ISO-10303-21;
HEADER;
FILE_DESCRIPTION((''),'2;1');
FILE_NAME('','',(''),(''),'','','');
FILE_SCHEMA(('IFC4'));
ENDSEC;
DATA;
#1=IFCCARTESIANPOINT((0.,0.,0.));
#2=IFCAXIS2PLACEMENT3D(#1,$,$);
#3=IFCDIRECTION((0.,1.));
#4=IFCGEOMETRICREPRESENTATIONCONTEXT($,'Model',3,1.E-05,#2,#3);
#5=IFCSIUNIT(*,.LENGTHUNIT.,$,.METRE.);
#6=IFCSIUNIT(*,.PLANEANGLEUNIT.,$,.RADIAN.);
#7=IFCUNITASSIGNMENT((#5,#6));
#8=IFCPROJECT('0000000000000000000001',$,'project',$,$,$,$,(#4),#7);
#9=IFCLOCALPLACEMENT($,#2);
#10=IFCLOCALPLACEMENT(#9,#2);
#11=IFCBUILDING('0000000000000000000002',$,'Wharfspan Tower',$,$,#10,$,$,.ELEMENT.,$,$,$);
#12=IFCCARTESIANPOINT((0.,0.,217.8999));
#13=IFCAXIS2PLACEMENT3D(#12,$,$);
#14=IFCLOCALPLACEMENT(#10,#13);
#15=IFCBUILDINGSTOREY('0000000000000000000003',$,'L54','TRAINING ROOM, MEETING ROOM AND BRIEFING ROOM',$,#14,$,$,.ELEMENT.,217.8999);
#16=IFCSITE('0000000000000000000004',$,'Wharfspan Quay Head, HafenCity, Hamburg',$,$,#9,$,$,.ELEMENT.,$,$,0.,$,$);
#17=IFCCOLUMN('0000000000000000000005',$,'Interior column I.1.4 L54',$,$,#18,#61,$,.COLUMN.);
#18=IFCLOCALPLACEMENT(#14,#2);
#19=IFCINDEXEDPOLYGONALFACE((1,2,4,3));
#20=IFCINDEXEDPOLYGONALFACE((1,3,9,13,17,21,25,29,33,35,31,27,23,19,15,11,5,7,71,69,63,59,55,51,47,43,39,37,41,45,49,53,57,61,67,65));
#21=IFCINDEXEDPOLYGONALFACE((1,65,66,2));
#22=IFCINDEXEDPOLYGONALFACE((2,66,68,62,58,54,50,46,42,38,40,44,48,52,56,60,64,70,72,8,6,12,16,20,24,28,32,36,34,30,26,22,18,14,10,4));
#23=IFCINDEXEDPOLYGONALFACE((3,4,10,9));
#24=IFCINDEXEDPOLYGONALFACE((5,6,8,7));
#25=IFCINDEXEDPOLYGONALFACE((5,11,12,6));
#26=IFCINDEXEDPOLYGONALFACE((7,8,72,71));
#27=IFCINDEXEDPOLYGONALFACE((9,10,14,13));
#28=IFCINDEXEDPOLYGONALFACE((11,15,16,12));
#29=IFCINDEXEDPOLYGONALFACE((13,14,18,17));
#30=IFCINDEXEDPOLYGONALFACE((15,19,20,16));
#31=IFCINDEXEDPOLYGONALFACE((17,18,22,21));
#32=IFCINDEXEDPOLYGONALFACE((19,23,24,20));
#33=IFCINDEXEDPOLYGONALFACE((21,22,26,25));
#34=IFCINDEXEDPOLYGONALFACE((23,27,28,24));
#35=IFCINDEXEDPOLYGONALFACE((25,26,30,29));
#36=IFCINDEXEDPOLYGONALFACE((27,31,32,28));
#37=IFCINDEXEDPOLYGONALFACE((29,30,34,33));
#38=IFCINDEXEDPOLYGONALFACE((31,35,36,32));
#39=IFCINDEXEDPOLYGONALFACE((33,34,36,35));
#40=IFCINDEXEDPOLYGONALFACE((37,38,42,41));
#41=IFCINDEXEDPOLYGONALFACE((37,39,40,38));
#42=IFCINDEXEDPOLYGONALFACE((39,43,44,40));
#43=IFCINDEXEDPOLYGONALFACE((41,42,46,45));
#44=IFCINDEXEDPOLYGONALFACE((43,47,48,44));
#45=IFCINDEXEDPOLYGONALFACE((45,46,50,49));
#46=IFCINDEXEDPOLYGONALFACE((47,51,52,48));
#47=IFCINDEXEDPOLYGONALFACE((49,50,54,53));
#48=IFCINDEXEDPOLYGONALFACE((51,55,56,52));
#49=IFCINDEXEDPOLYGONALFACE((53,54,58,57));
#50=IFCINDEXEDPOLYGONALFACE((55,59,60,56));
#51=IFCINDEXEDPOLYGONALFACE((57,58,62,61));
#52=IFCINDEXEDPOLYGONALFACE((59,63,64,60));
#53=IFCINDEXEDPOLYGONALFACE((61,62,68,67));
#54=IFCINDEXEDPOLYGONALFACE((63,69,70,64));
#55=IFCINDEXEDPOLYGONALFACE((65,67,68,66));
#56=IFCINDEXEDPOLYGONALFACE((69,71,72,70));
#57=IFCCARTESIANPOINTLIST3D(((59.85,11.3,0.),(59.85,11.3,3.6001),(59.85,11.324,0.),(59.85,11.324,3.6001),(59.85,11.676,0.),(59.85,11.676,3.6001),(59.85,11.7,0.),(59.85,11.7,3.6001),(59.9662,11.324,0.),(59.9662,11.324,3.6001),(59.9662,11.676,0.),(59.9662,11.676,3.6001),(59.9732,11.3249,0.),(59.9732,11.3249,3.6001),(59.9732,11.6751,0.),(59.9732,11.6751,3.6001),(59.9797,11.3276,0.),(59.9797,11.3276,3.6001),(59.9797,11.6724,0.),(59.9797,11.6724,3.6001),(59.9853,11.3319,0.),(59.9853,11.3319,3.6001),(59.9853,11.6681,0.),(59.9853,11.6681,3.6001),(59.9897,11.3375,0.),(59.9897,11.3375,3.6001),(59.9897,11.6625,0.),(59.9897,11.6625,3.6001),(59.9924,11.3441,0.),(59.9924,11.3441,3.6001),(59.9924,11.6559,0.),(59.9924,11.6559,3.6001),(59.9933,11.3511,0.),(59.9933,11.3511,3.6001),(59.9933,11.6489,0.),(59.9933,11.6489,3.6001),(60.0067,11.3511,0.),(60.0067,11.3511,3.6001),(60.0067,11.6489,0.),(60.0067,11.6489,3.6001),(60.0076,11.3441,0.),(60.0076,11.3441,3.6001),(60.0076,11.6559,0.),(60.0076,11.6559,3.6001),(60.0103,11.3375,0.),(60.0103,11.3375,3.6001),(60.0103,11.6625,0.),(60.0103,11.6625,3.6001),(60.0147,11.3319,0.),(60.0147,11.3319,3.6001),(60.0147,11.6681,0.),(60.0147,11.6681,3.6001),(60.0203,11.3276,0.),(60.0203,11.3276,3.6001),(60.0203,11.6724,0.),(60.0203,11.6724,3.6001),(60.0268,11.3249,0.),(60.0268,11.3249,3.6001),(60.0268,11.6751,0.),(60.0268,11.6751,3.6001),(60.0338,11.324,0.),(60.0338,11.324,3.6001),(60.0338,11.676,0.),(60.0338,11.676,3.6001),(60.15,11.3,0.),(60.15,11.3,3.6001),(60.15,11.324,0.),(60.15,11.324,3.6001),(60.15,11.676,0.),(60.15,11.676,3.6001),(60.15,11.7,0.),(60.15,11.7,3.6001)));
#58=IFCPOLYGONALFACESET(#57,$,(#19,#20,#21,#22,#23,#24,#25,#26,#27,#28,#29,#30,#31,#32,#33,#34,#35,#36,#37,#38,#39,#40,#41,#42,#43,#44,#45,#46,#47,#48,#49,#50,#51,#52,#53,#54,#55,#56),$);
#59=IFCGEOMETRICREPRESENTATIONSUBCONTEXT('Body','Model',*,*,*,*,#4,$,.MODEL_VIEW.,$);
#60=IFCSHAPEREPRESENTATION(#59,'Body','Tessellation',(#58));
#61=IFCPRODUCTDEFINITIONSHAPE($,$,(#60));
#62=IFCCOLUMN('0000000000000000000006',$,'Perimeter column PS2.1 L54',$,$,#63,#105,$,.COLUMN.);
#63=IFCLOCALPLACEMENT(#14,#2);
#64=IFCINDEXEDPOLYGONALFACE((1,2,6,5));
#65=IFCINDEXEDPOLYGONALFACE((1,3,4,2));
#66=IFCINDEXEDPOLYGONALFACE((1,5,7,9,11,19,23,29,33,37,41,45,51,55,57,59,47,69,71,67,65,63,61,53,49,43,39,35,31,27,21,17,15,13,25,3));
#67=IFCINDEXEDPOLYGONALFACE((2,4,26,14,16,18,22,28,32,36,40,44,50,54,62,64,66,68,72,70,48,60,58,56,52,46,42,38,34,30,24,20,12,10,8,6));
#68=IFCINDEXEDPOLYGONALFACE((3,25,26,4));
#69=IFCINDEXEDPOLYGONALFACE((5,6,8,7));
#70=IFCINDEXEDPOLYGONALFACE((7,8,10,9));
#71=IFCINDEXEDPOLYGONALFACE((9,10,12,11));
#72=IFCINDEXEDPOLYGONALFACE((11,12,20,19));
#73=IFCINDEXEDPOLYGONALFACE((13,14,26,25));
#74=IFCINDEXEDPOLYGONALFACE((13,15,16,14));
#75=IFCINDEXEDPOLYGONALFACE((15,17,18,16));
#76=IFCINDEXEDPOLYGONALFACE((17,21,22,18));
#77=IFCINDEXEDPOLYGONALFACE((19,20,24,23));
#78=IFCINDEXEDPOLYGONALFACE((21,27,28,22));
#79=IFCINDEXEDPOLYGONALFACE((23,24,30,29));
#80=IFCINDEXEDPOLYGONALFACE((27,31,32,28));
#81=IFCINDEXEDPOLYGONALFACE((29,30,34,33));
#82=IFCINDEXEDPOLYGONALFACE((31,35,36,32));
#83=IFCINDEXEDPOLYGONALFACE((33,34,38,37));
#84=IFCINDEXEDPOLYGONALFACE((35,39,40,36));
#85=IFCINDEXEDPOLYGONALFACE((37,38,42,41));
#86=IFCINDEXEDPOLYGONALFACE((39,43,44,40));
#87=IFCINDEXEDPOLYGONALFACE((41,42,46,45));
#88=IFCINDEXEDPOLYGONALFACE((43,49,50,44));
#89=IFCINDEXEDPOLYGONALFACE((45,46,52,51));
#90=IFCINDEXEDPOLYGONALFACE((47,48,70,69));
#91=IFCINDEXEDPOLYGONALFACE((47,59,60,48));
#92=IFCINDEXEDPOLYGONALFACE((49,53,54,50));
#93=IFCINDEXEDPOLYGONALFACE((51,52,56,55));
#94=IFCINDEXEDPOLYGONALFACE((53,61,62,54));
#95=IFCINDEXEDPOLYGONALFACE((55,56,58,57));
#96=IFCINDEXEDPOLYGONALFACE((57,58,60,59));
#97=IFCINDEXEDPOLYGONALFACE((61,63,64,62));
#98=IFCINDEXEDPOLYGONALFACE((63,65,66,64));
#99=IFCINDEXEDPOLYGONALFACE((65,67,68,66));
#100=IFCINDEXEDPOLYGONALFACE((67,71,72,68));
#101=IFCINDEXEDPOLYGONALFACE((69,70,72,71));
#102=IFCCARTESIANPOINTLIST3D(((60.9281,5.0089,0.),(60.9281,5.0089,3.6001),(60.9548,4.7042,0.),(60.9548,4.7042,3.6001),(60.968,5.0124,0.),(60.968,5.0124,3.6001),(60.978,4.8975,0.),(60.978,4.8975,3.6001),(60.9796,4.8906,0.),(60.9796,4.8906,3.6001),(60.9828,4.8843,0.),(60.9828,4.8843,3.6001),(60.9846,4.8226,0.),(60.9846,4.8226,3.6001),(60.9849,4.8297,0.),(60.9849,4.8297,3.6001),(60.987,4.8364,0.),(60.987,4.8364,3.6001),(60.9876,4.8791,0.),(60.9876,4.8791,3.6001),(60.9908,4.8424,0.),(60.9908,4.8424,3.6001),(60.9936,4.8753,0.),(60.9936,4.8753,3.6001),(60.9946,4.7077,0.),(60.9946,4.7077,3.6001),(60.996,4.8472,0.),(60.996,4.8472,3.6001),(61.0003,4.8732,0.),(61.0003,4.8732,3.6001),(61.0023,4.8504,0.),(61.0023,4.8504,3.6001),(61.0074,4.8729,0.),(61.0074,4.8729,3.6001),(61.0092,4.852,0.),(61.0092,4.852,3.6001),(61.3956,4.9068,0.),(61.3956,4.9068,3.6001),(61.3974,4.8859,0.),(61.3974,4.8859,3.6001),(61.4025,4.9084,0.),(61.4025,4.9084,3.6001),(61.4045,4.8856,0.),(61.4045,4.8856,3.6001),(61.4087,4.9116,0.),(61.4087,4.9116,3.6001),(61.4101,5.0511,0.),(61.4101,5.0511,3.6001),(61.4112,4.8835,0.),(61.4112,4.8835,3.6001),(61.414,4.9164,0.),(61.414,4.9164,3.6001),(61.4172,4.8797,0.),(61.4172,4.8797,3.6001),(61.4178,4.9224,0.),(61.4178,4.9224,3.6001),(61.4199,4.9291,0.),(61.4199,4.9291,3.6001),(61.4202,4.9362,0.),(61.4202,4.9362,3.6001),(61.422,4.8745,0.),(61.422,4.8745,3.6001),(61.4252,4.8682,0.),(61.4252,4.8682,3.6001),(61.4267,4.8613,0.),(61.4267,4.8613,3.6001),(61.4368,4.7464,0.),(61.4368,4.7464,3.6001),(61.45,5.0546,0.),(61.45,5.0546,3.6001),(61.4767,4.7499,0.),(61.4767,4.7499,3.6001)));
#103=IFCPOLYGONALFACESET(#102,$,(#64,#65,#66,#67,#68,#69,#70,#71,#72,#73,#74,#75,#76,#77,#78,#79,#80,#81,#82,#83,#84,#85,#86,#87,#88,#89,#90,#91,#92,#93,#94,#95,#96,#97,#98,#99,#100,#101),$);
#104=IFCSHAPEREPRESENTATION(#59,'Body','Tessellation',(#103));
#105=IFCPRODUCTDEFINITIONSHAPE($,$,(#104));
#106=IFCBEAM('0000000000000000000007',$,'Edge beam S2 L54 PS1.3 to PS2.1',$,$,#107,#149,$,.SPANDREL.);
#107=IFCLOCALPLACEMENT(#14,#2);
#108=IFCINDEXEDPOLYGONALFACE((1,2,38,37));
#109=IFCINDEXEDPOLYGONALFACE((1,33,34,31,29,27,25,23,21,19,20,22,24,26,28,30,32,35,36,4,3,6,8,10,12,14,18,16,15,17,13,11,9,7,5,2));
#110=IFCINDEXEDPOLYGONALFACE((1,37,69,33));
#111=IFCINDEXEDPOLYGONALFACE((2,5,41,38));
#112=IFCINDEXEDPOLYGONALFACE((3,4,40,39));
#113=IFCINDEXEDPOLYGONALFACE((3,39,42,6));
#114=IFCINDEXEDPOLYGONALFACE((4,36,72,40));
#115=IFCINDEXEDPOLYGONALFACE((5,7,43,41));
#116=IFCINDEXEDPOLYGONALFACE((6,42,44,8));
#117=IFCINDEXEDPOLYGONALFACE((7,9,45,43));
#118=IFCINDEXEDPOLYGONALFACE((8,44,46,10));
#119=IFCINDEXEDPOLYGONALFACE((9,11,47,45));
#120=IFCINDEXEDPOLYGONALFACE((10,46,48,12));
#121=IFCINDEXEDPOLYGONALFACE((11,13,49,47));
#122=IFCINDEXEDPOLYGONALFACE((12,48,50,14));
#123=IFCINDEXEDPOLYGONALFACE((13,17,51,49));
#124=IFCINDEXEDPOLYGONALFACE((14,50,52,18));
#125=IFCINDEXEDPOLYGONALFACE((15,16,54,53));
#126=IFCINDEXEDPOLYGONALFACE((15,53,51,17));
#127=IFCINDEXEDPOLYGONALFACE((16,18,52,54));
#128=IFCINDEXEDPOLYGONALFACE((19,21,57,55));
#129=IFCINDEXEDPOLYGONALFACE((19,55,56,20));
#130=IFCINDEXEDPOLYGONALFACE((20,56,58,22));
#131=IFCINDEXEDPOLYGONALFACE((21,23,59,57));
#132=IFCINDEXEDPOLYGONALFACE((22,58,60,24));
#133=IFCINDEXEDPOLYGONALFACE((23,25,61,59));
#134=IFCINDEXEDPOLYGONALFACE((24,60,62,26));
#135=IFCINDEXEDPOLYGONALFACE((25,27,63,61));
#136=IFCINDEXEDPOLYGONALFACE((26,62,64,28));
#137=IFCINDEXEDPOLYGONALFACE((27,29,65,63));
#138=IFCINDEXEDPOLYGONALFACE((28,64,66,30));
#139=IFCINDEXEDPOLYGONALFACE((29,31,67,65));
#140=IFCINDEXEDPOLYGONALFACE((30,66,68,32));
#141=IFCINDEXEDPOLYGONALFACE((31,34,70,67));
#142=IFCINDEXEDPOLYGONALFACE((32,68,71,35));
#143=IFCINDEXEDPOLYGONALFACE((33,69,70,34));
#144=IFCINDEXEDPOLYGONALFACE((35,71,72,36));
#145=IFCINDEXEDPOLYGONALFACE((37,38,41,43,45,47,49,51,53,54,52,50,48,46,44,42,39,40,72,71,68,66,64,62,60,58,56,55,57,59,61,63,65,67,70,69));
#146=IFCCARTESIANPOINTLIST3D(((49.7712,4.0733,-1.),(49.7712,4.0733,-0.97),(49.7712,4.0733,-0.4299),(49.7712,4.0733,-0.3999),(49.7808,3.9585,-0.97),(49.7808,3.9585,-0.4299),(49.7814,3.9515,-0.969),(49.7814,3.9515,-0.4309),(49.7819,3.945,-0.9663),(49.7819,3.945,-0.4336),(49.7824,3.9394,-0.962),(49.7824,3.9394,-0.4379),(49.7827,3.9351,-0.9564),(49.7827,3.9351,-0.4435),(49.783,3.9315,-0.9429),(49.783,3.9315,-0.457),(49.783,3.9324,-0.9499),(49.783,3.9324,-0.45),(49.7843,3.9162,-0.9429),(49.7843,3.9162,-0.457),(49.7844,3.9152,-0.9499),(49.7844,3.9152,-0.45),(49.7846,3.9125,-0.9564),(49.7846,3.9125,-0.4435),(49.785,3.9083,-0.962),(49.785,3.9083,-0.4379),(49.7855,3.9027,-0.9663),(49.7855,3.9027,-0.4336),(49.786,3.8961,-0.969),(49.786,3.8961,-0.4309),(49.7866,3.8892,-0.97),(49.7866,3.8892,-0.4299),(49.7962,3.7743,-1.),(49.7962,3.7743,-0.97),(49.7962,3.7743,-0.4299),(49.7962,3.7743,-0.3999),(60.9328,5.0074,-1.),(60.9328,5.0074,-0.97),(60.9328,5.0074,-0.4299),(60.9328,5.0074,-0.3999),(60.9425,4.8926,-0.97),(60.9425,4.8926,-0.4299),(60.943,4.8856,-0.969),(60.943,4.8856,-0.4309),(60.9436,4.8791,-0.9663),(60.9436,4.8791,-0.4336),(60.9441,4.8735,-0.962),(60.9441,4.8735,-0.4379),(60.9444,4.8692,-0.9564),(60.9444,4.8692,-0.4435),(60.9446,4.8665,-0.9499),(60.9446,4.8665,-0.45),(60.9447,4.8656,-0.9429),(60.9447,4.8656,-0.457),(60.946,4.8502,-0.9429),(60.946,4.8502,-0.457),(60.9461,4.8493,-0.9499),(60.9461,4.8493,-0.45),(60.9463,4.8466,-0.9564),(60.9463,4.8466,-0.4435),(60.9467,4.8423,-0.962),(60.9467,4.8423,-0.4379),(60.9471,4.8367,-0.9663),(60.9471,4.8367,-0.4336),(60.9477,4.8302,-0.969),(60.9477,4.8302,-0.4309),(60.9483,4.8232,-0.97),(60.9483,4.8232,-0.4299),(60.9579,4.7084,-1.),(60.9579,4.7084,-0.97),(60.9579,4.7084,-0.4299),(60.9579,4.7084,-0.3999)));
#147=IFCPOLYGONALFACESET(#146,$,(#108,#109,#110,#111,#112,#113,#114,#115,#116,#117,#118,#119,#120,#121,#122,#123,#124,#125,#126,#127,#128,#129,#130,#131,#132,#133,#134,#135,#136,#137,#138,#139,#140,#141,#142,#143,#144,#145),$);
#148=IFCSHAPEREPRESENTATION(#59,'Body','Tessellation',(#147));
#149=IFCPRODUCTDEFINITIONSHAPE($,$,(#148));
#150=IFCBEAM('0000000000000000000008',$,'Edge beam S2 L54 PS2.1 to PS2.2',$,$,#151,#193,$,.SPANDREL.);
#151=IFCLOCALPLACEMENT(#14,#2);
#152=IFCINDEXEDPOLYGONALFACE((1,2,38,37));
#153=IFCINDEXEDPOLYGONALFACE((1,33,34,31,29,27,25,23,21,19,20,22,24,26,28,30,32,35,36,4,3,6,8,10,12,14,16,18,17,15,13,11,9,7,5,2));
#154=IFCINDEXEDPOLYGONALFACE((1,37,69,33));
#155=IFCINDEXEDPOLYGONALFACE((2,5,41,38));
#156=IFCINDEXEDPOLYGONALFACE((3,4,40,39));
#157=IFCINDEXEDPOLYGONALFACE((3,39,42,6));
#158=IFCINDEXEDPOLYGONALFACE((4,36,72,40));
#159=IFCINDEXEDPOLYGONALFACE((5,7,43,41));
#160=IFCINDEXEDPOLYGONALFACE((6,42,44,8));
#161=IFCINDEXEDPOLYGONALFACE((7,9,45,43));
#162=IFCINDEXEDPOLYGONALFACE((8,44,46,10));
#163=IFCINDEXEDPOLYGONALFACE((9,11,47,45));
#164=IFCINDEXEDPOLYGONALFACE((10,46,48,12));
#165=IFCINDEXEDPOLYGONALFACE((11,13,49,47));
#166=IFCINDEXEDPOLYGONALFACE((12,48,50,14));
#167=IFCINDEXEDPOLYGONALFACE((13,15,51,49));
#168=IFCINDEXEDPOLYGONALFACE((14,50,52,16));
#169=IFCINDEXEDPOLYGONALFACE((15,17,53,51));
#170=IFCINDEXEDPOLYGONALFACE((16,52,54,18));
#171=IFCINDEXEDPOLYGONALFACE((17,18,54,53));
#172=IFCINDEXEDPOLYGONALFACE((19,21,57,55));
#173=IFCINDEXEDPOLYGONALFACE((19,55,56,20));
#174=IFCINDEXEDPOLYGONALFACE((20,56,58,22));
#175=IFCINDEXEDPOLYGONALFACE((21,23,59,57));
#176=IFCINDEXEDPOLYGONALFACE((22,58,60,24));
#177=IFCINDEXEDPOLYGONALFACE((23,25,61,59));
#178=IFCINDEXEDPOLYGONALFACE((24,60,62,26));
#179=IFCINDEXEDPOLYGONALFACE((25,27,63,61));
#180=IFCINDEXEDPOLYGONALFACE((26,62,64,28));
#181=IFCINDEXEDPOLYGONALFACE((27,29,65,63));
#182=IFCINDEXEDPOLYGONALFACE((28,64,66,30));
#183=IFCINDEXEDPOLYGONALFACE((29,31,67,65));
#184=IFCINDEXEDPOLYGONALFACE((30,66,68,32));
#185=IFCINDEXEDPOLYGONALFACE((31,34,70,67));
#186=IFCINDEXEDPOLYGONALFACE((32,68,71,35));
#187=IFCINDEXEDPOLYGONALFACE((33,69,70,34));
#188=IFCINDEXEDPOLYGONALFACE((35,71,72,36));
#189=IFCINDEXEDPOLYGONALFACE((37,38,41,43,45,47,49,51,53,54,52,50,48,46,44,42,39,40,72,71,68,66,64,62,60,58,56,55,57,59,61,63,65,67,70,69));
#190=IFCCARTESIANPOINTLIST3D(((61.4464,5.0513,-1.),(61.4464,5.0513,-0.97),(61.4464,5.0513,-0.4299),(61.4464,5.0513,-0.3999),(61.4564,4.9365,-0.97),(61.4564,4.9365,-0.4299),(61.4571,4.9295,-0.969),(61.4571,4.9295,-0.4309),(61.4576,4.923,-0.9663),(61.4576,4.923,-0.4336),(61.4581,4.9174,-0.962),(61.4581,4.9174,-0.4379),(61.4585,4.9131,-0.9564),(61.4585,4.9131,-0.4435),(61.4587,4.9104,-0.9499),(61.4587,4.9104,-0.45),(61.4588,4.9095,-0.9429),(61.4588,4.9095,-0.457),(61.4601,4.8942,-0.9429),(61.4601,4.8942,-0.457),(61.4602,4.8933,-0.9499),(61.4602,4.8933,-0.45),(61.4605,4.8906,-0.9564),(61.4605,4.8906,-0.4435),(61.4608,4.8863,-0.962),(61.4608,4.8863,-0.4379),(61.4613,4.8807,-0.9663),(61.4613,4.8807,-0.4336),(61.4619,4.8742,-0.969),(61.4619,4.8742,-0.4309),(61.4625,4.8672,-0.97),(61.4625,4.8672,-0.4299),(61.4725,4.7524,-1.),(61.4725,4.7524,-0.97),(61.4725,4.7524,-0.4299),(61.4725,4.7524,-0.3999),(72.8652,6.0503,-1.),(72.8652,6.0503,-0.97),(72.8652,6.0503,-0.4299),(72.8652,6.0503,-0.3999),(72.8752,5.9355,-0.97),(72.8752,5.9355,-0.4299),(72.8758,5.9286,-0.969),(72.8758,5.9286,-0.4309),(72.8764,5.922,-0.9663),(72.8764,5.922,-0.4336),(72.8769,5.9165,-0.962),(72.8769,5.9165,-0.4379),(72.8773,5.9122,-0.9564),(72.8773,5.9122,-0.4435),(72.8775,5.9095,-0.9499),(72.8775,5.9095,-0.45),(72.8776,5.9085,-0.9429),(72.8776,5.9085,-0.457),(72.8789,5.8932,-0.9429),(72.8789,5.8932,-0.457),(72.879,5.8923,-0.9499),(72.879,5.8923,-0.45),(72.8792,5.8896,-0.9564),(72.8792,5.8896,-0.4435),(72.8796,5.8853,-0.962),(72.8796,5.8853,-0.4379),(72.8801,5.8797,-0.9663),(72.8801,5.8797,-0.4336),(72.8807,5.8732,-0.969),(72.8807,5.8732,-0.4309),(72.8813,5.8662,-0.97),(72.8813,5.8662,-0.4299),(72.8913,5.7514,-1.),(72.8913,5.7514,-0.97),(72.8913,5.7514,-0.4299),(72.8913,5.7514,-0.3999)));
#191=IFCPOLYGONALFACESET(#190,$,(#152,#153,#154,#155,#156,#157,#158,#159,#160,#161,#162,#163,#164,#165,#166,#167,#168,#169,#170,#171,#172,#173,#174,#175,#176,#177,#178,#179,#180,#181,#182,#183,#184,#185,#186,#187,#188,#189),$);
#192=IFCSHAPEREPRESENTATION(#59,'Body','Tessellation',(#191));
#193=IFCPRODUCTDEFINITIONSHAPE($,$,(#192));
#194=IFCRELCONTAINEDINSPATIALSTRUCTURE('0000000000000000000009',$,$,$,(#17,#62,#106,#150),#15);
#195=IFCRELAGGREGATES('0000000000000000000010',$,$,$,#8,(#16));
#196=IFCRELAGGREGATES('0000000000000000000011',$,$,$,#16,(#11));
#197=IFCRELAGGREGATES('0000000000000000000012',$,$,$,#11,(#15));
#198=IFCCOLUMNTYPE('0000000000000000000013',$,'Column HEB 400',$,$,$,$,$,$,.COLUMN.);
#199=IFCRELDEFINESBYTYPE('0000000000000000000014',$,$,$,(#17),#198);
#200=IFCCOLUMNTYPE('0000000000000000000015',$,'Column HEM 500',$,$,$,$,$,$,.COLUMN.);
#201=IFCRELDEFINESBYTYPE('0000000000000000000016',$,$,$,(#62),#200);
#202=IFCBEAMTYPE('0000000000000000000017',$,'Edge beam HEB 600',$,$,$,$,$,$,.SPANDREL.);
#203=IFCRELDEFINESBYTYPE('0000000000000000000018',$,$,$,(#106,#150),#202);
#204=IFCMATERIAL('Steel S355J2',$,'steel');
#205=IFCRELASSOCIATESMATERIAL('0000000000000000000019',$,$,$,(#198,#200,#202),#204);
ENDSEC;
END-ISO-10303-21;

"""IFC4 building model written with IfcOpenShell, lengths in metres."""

from ifc_helpers import new_model, si_unit, direction, frame, origin, origin_2d, place, context, subcontext, project, spatial, i_section, extrude, material, material_profile, profile_set, type_object, element, save


model = new_model("IFC4")

# Units and contexts
model_context = context("Model", 3, precision=1e-05, world=origin(), true_north=direction((0.0, 1.0)))
body_context = subcontext(model_context, "Body", "Model", "MODEL_VIEW")
ifc_project = project(units=[si_unit("LENGTHUNIT", "METRE"), si_unit("PLANEANGLEUNIT", "RADIAN")], contexts=[model_context])

# Site, building, storey
site_placement = place(None, origin())
site = spatial("IfcSite", under=ifc_project, at=site_placement, Name="Wharfspan Quay Head, HafenCity, Hamburg", CompositionType="ELEMENT", RefElevation=0.0)
building_placement = place(site_placement, origin())
building = spatial("IfcBuilding", under=site, at=building_placement, Name="Wharfspan Tower", CompositionType="ELEMENT")
storey_placement = place(building_placement, frame((0.0, 0.0, 217.8999)))
storey = spatial("IfcBuildingStorey", under=building, at=storey_placement, Name="L54", Description="TRAINING ROOM, MEETING ROOM AND BRIEFING ROOM", CompositionType="ELEMENT", Elevation=217.8999)

# Columns
ifc_material_1 = material(Name="Steel S355J2", Category="steel")
ifc_material_profile_1 = material_profile(ifc_material_1, i_section(OverallWidth=0.3, OverallDepth=0.3999, WebThickness=0.0134, FlangeThickness=0.0239, FilletRadius=0.0271, at=origin_2d()))
ifc_profile_set_1 = profile_set([ifc_material_profile_1], Name="Steel S355J2")
column_type_1 = type_object("IfcColumnType", Name="Column HEB 400", PredefinedType="COLUMN", material=ifc_profile_set_1)
column_1_placement = place(storey_placement, frame((60.0, 11.5, 0.0), z_axis=(0.0, 0.0, 1.0), x_axis=(1.0, 0.0, 0.0)))
element("IfcColumn", 1, at=column_1_placement, inside=storey, type_object=column_type_1, Name="Interior column I.1.4 L54", PredefinedType="COLUMN", context=body_context, shape_type="SweptSolid", body=[
    extrude(i_section(OverallWidth=0.3, OverallDepth=0.3999, WebThickness=0.0134, FlangeThickness=0.0239, FilletRadius=0.0271, at=origin_2d()), origin(), (0.0, 0.0, 1.0), 3.6001),
])
ifc_material_profile_2 = material_profile(ifc_material_1, i_section(OverallWidth=0.3059, OverallDepth=0.5239, WebThickness=0.021, FlangeThickness=0.04, FilletRadius=0.0271, at=origin_2d()))
ifc_profile_set_2 = profile_set([ifc_material_profile_2], Name="Steel S355J2")
column_type_2 = type_object("IfcColumnType", Name="Column HEM 500", PredefinedType="COLUMN", material=ifc_profile_set_2)
column_2_placement = place(storey_placement, frame((61.2024, 4.8794, 0.0), z_axis=(0.0, 0.0, 1.0), x_axis=(0.087156, -0.996197, 0.0)))
element("IfcColumn", 2, at=column_2_placement, inside=storey, type_object=column_type_2, Name="Perimeter column PS2.1 L54", PredefinedType="COLUMN", context=body_context, shape_type="SweptSolid", body=[
    extrude(i_section(OverallWidth=0.3059, OverallDepth=0.5239, WebThickness=0.021, FlangeThickness=0.04, FilletRadius=0.0271, at=origin_2d()), origin(), (0.0, 0.0, 1.0), 3.6001),
])

# Beams
ifc_material_profile_3 = material_profile(ifc_material_1, i_section(OverallWidth=0.3, OverallDepth=0.6001, WebThickness=0.0154, FlangeThickness=0.03, FilletRadius=0.0271, at=origin_2d()))
ifc_profile_set_3 = profile_set([ifc_material_profile_3], Name="Steel S355J2")
beam_type = type_object("IfcBeamType", Name="Edge beam HEB 600", PredefinedType="SPANDREL", material=ifc_profile_set_3)
beam_1_placement = place(storey_placement, frame((49.7837, 3.9238, -0.7), z_axis=(0.996517, 0.083395, 0.0), x_axis=(-0.083395, 0.996517, 0.0)))
element("IfcBeam", 3, at=beam_1_placement, inside=storey, type_object=beam_type, Name="Edge beam S2 L54 PS1.3 to PS2.1", PredefinedType="SPANDREL", context=body_context, shape_type="SweptSolid", body=[
    extrude(i_section(OverallWidth=0.3, OverallDepth=0.6001, WebThickness=0.0154, FlangeThickness=0.03, FilletRadius=0.0271, at=origin_2d()), origin(), (0.0, 0.0, 1.0), 11.2007),
])
beam_2_placement = place(storey_placement, frame((61.4595, 4.9019, -0.7), z_axis=(0.996195, 0.087157, 0.0), x_axis=(-0.087157, 0.996195, 0.0)))
element("IfcBeam", 4, at=beam_2_placement, inside=storey, type_object=beam_type, Name="Edge beam S2 L54 PS2.1 to PS2.2", PredefinedType="SPANDREL", context=body_context, shape_type="SweptSolid", body=[
    extrude(i_section(OverallWidth=0.3, OverallDepth=0.6001, WebThickness=0.0154, FlangeThickness=0.03, FilletRadius=0.0271, at=origin_2d()), origin(), (0.0, 0.0, 1.0), 11.4624),
])

save(model, "model.ifc")
